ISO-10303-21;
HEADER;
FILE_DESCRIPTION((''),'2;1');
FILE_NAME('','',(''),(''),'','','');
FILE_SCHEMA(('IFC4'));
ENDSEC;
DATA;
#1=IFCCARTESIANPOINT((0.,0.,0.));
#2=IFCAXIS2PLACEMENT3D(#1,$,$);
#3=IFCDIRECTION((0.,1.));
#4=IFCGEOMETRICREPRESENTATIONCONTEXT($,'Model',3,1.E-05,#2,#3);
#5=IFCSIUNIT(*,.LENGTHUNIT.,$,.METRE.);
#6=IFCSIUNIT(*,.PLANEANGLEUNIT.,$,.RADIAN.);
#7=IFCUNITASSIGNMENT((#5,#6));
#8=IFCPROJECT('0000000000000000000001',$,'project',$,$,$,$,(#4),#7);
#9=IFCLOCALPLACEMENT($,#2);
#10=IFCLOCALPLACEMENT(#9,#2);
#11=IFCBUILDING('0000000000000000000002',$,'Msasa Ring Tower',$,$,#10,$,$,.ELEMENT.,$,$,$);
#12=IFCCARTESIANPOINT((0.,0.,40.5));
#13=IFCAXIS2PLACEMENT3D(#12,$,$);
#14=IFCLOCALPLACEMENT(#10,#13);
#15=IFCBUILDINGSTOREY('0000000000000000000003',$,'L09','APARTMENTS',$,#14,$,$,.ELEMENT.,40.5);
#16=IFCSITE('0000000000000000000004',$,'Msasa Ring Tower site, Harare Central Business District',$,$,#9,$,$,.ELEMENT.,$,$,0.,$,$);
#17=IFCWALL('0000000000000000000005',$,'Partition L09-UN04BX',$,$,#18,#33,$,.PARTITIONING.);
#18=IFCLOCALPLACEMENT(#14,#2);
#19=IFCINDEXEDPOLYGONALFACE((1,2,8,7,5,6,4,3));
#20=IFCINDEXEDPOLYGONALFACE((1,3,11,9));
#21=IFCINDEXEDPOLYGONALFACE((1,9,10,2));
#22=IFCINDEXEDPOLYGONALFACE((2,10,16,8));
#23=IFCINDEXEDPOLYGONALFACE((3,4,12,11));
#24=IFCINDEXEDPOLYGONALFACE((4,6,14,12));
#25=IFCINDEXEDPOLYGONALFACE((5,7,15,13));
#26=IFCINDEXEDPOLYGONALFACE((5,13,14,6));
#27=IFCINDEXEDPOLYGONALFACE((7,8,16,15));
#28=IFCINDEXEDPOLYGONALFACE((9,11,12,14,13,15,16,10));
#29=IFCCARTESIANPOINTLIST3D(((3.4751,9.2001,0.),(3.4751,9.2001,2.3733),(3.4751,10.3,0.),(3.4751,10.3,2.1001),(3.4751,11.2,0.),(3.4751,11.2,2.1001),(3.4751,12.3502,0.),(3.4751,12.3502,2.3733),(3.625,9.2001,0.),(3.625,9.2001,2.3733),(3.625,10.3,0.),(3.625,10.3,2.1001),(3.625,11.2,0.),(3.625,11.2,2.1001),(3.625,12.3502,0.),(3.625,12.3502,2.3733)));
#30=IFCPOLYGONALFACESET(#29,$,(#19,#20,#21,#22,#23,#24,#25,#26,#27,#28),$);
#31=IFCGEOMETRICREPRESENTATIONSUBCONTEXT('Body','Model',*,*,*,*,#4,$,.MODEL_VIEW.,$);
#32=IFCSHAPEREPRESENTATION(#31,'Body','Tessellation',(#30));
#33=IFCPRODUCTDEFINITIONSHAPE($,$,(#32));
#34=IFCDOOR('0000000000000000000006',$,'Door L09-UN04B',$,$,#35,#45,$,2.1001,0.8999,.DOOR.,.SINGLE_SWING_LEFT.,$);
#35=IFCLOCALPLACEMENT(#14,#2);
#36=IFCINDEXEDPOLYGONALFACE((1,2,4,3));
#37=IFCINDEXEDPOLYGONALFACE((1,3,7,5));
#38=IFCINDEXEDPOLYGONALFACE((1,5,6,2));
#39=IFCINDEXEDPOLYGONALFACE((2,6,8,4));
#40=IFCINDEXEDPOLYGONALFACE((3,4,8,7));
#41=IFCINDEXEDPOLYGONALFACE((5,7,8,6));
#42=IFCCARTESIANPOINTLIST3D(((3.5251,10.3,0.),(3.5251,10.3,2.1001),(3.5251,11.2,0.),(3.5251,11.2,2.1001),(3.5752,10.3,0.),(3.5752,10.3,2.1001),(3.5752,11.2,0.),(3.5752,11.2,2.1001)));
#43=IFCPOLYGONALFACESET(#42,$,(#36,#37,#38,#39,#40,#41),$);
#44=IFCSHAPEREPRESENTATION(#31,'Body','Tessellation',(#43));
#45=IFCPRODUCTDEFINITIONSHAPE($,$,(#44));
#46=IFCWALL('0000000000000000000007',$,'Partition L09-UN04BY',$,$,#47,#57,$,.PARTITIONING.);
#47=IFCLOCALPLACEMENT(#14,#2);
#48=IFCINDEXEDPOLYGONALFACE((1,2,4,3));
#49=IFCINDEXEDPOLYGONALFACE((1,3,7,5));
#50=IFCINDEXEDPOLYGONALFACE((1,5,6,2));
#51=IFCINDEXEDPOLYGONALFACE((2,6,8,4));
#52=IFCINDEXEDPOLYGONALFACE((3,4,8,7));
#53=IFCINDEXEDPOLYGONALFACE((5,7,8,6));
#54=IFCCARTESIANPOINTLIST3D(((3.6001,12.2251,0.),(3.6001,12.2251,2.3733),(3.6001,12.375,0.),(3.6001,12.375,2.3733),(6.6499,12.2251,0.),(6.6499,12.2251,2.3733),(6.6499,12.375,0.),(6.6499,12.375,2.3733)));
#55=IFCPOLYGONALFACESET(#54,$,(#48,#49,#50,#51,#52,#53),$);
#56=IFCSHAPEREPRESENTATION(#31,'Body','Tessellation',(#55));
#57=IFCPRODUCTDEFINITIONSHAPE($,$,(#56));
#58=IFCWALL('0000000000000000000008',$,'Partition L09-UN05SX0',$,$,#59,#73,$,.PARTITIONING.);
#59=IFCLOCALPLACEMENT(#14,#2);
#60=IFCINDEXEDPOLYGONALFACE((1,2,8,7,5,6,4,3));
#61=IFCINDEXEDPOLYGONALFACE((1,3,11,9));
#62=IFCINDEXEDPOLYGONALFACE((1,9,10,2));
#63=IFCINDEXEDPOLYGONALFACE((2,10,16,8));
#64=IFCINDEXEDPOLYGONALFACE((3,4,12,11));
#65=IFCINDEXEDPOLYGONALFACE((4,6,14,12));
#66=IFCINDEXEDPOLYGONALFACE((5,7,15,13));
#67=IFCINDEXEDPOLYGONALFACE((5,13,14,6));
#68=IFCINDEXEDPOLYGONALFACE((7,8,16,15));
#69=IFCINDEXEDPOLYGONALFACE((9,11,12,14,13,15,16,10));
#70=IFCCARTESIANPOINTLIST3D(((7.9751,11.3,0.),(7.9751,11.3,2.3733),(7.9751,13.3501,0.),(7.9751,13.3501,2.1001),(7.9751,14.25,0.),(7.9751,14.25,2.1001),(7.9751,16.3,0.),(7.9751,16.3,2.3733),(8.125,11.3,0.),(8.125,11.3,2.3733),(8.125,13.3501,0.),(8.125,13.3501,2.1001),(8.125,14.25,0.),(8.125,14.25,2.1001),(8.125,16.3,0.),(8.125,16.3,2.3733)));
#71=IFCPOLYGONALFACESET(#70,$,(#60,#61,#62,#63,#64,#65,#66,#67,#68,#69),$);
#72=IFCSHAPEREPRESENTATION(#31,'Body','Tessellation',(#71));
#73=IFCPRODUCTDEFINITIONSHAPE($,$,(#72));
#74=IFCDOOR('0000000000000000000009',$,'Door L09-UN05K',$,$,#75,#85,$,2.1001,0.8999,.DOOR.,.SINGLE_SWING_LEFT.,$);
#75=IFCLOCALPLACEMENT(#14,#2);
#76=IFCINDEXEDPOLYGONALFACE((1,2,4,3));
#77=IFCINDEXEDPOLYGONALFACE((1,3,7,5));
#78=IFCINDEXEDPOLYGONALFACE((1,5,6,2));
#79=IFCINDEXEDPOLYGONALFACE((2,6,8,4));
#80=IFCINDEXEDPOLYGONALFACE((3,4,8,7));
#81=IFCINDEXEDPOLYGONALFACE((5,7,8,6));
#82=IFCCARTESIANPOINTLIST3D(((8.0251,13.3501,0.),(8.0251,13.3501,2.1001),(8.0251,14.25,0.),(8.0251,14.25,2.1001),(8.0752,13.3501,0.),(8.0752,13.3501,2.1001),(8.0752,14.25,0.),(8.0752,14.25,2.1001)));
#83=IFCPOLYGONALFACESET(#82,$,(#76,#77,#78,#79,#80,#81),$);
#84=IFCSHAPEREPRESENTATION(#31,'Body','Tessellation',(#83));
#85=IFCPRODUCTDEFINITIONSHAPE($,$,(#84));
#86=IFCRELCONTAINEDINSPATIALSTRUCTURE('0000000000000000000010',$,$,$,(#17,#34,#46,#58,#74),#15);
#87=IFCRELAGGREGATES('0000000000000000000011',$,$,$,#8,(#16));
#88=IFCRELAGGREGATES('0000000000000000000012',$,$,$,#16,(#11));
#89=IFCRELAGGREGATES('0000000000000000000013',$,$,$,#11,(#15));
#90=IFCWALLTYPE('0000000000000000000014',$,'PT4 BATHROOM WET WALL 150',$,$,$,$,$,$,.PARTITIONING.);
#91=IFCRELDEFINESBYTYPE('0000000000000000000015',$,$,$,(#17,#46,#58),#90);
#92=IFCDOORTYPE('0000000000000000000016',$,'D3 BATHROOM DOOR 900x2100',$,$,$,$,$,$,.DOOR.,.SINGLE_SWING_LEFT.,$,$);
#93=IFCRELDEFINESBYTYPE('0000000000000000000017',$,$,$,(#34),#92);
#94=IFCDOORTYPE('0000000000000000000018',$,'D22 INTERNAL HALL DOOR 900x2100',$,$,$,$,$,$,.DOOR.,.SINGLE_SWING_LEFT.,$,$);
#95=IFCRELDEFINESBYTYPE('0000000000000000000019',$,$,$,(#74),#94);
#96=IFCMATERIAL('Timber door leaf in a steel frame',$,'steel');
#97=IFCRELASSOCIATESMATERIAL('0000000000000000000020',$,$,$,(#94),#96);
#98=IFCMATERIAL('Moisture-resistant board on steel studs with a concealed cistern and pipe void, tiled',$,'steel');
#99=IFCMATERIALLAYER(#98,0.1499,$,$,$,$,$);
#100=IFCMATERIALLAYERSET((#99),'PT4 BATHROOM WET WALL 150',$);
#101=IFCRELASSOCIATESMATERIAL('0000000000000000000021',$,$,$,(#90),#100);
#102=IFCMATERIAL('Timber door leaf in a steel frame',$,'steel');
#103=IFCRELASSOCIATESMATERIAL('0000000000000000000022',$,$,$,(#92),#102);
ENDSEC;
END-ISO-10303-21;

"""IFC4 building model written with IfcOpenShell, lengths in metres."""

from ifc_helpers import new_model, si_unit, direction, frame, frame_2d, origin, place, context, subcontext, project, spatial, rectangle, extrude, material, layer, layer_set, type_object, element, fill, save


model = new_model("IFC4")

# Units and contexts
model_context = context("Model", 3, precision=1e-05, world=origin(), true_north=direction((0.0, 1.0)))
body_context = subcontext(model_context, "Body", "Model", "MODEL_VIEW")
ifc_project = project(units=[si_unit("LENGTHUNIT", "METRE"), si_unit("PLANEANGLEUNIT", "RADIAN")], contexts=[model_context])

# Site, building, storey
site_placement = place(None, origin())
site = spatial("IfcSite", under=ifc_project, at=site_placement, Name="Msasa Ring Tower site, Harare Central Business District", CompositionType="ELEMENT", RefElevation=0.0)
building_placement = place(site_placement, origin())
building = spatial("IfcBuilding", under=site, at=building_placement, Name="Msasa Ring Tower", CompositionType="ELEMENT")
storey_placement = place(building_placement, frame((0.0, 0.0, 40.5)))
storey = spatial("IfcBuildingStorey", under=building, at=storey_placement, Name="L09", Description="APARTMENTS", CompositionType="ELEMENT", Elevation=40.5)

# Shared definitions
ifc_material_1 = material(Name="Timber door leaf in a steel frame", Category="steel")
door_type_1 = type_object("IfcDoorType", Name="D22 INTERNAL HALL DOOR 900x2100", OperationType="SINGLE_SWING_LEFT", PredefinedType="DOOR", material=ifc_material_1)

# Wall, opening, door
ifc_material_2 = material(Name="Moisture-resistant board on steel studs with a concealed cistern and pipe void, tiled", Category="steel")
ifc_layer_1 = layer(ifc_material_2, 0.1499)
ifc_layer_set_1 = layer_set([ifc_layer_1], Name="PT4 BATHROOM WET WALL 150")
wall_type_1 = type_object("IfcWallType", Name="PT4 BATHROOM WET WALL 150", PredefinedType="PARTITIONING", material=ifc_layer_set_1)
wall_1_placement = place(storey_placement, frame((3.55, 9.2, 0.0), z_axis=(0.0, 0.0, 1.0), x_axis=(0.0, 1.0, 0.0)))
wall_1 = element("IfcWall", 1, at=wall_1_placement, inside=storey, type_object=wall_type_1, Name="Partition L09-UN04BX", PredefinedType="PARTITIONING", context=body_context, shape_type="SweptSolid", body=[
    extrude(rectangle(XDim=3.1501, YDim=0.1499, at=frame_2d((1.5752, 0.0))), origin(), (0.0, 0.0, 1.0), 2.3733),
])
opening_1_placement = place(wall_1_placement, frame((1.1001, 0.0, 0.0)))
opening_1 = element("IfcOpeningElement", 2, at=opening_1_placement, cuts=wall_1, PredefinedType="OPENING", context=body_context, shape_type="SweptSolid", body=[
    extrude(rectangle(XDim=0.8999, YDim=2.1001, at=frame_2d((0.45, 1.05))), frame((0.0, 0.085, 0.0), z_axis=(0.0, -1.0, 0.0), x_axis=(1.0, 0.0, 0.0)), (0.0, 0.0, 1.0), 0.1699),
])
ifc_material_3 = material(Name="Timber door leaf in a steel frame", Category="steel")
door_type_2 = type_object("IfcDoorType", Name="D3 BATHROOM DOOR 900x2100", OperationType="SINGLE_SWING_LEFT", PredefinedType="DOOR", material=ifc_material_3)
door_1_placement = place(opening_1_placement, origin())
door_1 = element("IfcDoor", 3, at=door_1_placement, inside=storey, type_object=door_type_2, Name="Door L09-UN04B", OperationType="SINGLE_SWING_LEFT", OverallHeight=2.1001, OverallWidth=0.8999, PredefinedType="DOOR", context=body_context, shape_type="SweptSolid", body=[
    extrude(rectangle(XDim=0.8999, YDim=2.1001, at=frame_2d((0.45, 1.05))), frame((0.0, 0.0249, 0.0), z_axis=(0.0, -1.0, 0.0), x_axis=(1.0, 0.0, 0.0)), (0.0, 0.0, 1.0), 0.05),
])
fill(opening_1, door_1)

# Wall
wall_2_placement = place(storey_placement, frame((3.6001, 12.3, 0.0), z_axis=(0.0, 0.0, 1.0), x_axis=(1.0, 0.0, 0.0)))
element("IfcWall", 4, at=wall_2_placement, inside=storey, type_object=wall_type_1, Name="Partition L09-UN04BY", PredefinedType="PARTITIONING", context=body_context, shape_type="SweptSolid", body=[
    extrude(rectangle(XDim=3.0498, YDim=0.1499, at=frame_2d((1.5249, 0.0))), origin(), (0.0, 0.0, 1.0), 2.3733),
])

# Wall, opening, door
wall_3_placement = place(storey_placement, frame((8.05, 11.3, 0.0), z_axis=(0.0, 0.0, 1.0), x_axis=(0.0, 1.0, 0.0)))
wall_3 = element("IfcWall", 5, at=wall_3_placement, inside=storey, type_object=wall_type_1, Name="Partition L09-UN05SX0", PredefinedType="PARTITIONING", context=body_context, shape_type="SweptSolid", body=[
    extrude(rectangle(XDim=5.0, YDim=0.1499, at=frame_2d((2.5, 0.0))), origin(), (0.0, 0.0, 1.0), 2.3733),
])
opening_2_placement = place(wall_3_placement, frame((2.05, 0.0, 0.0)))
opening_2 = element("IfcOpeningElement", 6, at=opening_2_placement, cuts=wall_3, PredefinedType="OPENING", context=body_context, shape_type="SweptSolid", body=[
    extrude(rectangle(XDim=0.8999, YDim=2.1001, at=frame_2d((0.45, 1.05))), frame((0.0, 0.085, 0.0), z_axis=(0.0, -1.0, 0.0), x_axis=(1.0, 0.0, 0.0)), (0.0, 0.0, 1.0), 0.1699),
])
door_2_placement = place(opening_2_placement, origin())
door_2 = element("IfcDoor", 7, at=door_2_placement, inside=storey, type_object=door_type_1, Name="Door L09-UN05K", OperationType="SINGLE_SWING_LEFT", OverallHeight=2.1001, OverallWidth=0.8999, PredefinedType="DOOR", context=body_context, shape_type="SweptSolid", body=[
    extrude(rectangle(XDim=0.8999, YDim=2.1001, at=frame_2d((0.45, 1.05))), frame((0.0, 0.0249, 0.0), z_axis=(0.0, -1.0, 0.0), x_axis=(1.0, 0.0, 0.0)), (0.0, 0.0, 1.0), 0.05),
])
fill(opening_2, door_2)

save(model, "model.ifc")
